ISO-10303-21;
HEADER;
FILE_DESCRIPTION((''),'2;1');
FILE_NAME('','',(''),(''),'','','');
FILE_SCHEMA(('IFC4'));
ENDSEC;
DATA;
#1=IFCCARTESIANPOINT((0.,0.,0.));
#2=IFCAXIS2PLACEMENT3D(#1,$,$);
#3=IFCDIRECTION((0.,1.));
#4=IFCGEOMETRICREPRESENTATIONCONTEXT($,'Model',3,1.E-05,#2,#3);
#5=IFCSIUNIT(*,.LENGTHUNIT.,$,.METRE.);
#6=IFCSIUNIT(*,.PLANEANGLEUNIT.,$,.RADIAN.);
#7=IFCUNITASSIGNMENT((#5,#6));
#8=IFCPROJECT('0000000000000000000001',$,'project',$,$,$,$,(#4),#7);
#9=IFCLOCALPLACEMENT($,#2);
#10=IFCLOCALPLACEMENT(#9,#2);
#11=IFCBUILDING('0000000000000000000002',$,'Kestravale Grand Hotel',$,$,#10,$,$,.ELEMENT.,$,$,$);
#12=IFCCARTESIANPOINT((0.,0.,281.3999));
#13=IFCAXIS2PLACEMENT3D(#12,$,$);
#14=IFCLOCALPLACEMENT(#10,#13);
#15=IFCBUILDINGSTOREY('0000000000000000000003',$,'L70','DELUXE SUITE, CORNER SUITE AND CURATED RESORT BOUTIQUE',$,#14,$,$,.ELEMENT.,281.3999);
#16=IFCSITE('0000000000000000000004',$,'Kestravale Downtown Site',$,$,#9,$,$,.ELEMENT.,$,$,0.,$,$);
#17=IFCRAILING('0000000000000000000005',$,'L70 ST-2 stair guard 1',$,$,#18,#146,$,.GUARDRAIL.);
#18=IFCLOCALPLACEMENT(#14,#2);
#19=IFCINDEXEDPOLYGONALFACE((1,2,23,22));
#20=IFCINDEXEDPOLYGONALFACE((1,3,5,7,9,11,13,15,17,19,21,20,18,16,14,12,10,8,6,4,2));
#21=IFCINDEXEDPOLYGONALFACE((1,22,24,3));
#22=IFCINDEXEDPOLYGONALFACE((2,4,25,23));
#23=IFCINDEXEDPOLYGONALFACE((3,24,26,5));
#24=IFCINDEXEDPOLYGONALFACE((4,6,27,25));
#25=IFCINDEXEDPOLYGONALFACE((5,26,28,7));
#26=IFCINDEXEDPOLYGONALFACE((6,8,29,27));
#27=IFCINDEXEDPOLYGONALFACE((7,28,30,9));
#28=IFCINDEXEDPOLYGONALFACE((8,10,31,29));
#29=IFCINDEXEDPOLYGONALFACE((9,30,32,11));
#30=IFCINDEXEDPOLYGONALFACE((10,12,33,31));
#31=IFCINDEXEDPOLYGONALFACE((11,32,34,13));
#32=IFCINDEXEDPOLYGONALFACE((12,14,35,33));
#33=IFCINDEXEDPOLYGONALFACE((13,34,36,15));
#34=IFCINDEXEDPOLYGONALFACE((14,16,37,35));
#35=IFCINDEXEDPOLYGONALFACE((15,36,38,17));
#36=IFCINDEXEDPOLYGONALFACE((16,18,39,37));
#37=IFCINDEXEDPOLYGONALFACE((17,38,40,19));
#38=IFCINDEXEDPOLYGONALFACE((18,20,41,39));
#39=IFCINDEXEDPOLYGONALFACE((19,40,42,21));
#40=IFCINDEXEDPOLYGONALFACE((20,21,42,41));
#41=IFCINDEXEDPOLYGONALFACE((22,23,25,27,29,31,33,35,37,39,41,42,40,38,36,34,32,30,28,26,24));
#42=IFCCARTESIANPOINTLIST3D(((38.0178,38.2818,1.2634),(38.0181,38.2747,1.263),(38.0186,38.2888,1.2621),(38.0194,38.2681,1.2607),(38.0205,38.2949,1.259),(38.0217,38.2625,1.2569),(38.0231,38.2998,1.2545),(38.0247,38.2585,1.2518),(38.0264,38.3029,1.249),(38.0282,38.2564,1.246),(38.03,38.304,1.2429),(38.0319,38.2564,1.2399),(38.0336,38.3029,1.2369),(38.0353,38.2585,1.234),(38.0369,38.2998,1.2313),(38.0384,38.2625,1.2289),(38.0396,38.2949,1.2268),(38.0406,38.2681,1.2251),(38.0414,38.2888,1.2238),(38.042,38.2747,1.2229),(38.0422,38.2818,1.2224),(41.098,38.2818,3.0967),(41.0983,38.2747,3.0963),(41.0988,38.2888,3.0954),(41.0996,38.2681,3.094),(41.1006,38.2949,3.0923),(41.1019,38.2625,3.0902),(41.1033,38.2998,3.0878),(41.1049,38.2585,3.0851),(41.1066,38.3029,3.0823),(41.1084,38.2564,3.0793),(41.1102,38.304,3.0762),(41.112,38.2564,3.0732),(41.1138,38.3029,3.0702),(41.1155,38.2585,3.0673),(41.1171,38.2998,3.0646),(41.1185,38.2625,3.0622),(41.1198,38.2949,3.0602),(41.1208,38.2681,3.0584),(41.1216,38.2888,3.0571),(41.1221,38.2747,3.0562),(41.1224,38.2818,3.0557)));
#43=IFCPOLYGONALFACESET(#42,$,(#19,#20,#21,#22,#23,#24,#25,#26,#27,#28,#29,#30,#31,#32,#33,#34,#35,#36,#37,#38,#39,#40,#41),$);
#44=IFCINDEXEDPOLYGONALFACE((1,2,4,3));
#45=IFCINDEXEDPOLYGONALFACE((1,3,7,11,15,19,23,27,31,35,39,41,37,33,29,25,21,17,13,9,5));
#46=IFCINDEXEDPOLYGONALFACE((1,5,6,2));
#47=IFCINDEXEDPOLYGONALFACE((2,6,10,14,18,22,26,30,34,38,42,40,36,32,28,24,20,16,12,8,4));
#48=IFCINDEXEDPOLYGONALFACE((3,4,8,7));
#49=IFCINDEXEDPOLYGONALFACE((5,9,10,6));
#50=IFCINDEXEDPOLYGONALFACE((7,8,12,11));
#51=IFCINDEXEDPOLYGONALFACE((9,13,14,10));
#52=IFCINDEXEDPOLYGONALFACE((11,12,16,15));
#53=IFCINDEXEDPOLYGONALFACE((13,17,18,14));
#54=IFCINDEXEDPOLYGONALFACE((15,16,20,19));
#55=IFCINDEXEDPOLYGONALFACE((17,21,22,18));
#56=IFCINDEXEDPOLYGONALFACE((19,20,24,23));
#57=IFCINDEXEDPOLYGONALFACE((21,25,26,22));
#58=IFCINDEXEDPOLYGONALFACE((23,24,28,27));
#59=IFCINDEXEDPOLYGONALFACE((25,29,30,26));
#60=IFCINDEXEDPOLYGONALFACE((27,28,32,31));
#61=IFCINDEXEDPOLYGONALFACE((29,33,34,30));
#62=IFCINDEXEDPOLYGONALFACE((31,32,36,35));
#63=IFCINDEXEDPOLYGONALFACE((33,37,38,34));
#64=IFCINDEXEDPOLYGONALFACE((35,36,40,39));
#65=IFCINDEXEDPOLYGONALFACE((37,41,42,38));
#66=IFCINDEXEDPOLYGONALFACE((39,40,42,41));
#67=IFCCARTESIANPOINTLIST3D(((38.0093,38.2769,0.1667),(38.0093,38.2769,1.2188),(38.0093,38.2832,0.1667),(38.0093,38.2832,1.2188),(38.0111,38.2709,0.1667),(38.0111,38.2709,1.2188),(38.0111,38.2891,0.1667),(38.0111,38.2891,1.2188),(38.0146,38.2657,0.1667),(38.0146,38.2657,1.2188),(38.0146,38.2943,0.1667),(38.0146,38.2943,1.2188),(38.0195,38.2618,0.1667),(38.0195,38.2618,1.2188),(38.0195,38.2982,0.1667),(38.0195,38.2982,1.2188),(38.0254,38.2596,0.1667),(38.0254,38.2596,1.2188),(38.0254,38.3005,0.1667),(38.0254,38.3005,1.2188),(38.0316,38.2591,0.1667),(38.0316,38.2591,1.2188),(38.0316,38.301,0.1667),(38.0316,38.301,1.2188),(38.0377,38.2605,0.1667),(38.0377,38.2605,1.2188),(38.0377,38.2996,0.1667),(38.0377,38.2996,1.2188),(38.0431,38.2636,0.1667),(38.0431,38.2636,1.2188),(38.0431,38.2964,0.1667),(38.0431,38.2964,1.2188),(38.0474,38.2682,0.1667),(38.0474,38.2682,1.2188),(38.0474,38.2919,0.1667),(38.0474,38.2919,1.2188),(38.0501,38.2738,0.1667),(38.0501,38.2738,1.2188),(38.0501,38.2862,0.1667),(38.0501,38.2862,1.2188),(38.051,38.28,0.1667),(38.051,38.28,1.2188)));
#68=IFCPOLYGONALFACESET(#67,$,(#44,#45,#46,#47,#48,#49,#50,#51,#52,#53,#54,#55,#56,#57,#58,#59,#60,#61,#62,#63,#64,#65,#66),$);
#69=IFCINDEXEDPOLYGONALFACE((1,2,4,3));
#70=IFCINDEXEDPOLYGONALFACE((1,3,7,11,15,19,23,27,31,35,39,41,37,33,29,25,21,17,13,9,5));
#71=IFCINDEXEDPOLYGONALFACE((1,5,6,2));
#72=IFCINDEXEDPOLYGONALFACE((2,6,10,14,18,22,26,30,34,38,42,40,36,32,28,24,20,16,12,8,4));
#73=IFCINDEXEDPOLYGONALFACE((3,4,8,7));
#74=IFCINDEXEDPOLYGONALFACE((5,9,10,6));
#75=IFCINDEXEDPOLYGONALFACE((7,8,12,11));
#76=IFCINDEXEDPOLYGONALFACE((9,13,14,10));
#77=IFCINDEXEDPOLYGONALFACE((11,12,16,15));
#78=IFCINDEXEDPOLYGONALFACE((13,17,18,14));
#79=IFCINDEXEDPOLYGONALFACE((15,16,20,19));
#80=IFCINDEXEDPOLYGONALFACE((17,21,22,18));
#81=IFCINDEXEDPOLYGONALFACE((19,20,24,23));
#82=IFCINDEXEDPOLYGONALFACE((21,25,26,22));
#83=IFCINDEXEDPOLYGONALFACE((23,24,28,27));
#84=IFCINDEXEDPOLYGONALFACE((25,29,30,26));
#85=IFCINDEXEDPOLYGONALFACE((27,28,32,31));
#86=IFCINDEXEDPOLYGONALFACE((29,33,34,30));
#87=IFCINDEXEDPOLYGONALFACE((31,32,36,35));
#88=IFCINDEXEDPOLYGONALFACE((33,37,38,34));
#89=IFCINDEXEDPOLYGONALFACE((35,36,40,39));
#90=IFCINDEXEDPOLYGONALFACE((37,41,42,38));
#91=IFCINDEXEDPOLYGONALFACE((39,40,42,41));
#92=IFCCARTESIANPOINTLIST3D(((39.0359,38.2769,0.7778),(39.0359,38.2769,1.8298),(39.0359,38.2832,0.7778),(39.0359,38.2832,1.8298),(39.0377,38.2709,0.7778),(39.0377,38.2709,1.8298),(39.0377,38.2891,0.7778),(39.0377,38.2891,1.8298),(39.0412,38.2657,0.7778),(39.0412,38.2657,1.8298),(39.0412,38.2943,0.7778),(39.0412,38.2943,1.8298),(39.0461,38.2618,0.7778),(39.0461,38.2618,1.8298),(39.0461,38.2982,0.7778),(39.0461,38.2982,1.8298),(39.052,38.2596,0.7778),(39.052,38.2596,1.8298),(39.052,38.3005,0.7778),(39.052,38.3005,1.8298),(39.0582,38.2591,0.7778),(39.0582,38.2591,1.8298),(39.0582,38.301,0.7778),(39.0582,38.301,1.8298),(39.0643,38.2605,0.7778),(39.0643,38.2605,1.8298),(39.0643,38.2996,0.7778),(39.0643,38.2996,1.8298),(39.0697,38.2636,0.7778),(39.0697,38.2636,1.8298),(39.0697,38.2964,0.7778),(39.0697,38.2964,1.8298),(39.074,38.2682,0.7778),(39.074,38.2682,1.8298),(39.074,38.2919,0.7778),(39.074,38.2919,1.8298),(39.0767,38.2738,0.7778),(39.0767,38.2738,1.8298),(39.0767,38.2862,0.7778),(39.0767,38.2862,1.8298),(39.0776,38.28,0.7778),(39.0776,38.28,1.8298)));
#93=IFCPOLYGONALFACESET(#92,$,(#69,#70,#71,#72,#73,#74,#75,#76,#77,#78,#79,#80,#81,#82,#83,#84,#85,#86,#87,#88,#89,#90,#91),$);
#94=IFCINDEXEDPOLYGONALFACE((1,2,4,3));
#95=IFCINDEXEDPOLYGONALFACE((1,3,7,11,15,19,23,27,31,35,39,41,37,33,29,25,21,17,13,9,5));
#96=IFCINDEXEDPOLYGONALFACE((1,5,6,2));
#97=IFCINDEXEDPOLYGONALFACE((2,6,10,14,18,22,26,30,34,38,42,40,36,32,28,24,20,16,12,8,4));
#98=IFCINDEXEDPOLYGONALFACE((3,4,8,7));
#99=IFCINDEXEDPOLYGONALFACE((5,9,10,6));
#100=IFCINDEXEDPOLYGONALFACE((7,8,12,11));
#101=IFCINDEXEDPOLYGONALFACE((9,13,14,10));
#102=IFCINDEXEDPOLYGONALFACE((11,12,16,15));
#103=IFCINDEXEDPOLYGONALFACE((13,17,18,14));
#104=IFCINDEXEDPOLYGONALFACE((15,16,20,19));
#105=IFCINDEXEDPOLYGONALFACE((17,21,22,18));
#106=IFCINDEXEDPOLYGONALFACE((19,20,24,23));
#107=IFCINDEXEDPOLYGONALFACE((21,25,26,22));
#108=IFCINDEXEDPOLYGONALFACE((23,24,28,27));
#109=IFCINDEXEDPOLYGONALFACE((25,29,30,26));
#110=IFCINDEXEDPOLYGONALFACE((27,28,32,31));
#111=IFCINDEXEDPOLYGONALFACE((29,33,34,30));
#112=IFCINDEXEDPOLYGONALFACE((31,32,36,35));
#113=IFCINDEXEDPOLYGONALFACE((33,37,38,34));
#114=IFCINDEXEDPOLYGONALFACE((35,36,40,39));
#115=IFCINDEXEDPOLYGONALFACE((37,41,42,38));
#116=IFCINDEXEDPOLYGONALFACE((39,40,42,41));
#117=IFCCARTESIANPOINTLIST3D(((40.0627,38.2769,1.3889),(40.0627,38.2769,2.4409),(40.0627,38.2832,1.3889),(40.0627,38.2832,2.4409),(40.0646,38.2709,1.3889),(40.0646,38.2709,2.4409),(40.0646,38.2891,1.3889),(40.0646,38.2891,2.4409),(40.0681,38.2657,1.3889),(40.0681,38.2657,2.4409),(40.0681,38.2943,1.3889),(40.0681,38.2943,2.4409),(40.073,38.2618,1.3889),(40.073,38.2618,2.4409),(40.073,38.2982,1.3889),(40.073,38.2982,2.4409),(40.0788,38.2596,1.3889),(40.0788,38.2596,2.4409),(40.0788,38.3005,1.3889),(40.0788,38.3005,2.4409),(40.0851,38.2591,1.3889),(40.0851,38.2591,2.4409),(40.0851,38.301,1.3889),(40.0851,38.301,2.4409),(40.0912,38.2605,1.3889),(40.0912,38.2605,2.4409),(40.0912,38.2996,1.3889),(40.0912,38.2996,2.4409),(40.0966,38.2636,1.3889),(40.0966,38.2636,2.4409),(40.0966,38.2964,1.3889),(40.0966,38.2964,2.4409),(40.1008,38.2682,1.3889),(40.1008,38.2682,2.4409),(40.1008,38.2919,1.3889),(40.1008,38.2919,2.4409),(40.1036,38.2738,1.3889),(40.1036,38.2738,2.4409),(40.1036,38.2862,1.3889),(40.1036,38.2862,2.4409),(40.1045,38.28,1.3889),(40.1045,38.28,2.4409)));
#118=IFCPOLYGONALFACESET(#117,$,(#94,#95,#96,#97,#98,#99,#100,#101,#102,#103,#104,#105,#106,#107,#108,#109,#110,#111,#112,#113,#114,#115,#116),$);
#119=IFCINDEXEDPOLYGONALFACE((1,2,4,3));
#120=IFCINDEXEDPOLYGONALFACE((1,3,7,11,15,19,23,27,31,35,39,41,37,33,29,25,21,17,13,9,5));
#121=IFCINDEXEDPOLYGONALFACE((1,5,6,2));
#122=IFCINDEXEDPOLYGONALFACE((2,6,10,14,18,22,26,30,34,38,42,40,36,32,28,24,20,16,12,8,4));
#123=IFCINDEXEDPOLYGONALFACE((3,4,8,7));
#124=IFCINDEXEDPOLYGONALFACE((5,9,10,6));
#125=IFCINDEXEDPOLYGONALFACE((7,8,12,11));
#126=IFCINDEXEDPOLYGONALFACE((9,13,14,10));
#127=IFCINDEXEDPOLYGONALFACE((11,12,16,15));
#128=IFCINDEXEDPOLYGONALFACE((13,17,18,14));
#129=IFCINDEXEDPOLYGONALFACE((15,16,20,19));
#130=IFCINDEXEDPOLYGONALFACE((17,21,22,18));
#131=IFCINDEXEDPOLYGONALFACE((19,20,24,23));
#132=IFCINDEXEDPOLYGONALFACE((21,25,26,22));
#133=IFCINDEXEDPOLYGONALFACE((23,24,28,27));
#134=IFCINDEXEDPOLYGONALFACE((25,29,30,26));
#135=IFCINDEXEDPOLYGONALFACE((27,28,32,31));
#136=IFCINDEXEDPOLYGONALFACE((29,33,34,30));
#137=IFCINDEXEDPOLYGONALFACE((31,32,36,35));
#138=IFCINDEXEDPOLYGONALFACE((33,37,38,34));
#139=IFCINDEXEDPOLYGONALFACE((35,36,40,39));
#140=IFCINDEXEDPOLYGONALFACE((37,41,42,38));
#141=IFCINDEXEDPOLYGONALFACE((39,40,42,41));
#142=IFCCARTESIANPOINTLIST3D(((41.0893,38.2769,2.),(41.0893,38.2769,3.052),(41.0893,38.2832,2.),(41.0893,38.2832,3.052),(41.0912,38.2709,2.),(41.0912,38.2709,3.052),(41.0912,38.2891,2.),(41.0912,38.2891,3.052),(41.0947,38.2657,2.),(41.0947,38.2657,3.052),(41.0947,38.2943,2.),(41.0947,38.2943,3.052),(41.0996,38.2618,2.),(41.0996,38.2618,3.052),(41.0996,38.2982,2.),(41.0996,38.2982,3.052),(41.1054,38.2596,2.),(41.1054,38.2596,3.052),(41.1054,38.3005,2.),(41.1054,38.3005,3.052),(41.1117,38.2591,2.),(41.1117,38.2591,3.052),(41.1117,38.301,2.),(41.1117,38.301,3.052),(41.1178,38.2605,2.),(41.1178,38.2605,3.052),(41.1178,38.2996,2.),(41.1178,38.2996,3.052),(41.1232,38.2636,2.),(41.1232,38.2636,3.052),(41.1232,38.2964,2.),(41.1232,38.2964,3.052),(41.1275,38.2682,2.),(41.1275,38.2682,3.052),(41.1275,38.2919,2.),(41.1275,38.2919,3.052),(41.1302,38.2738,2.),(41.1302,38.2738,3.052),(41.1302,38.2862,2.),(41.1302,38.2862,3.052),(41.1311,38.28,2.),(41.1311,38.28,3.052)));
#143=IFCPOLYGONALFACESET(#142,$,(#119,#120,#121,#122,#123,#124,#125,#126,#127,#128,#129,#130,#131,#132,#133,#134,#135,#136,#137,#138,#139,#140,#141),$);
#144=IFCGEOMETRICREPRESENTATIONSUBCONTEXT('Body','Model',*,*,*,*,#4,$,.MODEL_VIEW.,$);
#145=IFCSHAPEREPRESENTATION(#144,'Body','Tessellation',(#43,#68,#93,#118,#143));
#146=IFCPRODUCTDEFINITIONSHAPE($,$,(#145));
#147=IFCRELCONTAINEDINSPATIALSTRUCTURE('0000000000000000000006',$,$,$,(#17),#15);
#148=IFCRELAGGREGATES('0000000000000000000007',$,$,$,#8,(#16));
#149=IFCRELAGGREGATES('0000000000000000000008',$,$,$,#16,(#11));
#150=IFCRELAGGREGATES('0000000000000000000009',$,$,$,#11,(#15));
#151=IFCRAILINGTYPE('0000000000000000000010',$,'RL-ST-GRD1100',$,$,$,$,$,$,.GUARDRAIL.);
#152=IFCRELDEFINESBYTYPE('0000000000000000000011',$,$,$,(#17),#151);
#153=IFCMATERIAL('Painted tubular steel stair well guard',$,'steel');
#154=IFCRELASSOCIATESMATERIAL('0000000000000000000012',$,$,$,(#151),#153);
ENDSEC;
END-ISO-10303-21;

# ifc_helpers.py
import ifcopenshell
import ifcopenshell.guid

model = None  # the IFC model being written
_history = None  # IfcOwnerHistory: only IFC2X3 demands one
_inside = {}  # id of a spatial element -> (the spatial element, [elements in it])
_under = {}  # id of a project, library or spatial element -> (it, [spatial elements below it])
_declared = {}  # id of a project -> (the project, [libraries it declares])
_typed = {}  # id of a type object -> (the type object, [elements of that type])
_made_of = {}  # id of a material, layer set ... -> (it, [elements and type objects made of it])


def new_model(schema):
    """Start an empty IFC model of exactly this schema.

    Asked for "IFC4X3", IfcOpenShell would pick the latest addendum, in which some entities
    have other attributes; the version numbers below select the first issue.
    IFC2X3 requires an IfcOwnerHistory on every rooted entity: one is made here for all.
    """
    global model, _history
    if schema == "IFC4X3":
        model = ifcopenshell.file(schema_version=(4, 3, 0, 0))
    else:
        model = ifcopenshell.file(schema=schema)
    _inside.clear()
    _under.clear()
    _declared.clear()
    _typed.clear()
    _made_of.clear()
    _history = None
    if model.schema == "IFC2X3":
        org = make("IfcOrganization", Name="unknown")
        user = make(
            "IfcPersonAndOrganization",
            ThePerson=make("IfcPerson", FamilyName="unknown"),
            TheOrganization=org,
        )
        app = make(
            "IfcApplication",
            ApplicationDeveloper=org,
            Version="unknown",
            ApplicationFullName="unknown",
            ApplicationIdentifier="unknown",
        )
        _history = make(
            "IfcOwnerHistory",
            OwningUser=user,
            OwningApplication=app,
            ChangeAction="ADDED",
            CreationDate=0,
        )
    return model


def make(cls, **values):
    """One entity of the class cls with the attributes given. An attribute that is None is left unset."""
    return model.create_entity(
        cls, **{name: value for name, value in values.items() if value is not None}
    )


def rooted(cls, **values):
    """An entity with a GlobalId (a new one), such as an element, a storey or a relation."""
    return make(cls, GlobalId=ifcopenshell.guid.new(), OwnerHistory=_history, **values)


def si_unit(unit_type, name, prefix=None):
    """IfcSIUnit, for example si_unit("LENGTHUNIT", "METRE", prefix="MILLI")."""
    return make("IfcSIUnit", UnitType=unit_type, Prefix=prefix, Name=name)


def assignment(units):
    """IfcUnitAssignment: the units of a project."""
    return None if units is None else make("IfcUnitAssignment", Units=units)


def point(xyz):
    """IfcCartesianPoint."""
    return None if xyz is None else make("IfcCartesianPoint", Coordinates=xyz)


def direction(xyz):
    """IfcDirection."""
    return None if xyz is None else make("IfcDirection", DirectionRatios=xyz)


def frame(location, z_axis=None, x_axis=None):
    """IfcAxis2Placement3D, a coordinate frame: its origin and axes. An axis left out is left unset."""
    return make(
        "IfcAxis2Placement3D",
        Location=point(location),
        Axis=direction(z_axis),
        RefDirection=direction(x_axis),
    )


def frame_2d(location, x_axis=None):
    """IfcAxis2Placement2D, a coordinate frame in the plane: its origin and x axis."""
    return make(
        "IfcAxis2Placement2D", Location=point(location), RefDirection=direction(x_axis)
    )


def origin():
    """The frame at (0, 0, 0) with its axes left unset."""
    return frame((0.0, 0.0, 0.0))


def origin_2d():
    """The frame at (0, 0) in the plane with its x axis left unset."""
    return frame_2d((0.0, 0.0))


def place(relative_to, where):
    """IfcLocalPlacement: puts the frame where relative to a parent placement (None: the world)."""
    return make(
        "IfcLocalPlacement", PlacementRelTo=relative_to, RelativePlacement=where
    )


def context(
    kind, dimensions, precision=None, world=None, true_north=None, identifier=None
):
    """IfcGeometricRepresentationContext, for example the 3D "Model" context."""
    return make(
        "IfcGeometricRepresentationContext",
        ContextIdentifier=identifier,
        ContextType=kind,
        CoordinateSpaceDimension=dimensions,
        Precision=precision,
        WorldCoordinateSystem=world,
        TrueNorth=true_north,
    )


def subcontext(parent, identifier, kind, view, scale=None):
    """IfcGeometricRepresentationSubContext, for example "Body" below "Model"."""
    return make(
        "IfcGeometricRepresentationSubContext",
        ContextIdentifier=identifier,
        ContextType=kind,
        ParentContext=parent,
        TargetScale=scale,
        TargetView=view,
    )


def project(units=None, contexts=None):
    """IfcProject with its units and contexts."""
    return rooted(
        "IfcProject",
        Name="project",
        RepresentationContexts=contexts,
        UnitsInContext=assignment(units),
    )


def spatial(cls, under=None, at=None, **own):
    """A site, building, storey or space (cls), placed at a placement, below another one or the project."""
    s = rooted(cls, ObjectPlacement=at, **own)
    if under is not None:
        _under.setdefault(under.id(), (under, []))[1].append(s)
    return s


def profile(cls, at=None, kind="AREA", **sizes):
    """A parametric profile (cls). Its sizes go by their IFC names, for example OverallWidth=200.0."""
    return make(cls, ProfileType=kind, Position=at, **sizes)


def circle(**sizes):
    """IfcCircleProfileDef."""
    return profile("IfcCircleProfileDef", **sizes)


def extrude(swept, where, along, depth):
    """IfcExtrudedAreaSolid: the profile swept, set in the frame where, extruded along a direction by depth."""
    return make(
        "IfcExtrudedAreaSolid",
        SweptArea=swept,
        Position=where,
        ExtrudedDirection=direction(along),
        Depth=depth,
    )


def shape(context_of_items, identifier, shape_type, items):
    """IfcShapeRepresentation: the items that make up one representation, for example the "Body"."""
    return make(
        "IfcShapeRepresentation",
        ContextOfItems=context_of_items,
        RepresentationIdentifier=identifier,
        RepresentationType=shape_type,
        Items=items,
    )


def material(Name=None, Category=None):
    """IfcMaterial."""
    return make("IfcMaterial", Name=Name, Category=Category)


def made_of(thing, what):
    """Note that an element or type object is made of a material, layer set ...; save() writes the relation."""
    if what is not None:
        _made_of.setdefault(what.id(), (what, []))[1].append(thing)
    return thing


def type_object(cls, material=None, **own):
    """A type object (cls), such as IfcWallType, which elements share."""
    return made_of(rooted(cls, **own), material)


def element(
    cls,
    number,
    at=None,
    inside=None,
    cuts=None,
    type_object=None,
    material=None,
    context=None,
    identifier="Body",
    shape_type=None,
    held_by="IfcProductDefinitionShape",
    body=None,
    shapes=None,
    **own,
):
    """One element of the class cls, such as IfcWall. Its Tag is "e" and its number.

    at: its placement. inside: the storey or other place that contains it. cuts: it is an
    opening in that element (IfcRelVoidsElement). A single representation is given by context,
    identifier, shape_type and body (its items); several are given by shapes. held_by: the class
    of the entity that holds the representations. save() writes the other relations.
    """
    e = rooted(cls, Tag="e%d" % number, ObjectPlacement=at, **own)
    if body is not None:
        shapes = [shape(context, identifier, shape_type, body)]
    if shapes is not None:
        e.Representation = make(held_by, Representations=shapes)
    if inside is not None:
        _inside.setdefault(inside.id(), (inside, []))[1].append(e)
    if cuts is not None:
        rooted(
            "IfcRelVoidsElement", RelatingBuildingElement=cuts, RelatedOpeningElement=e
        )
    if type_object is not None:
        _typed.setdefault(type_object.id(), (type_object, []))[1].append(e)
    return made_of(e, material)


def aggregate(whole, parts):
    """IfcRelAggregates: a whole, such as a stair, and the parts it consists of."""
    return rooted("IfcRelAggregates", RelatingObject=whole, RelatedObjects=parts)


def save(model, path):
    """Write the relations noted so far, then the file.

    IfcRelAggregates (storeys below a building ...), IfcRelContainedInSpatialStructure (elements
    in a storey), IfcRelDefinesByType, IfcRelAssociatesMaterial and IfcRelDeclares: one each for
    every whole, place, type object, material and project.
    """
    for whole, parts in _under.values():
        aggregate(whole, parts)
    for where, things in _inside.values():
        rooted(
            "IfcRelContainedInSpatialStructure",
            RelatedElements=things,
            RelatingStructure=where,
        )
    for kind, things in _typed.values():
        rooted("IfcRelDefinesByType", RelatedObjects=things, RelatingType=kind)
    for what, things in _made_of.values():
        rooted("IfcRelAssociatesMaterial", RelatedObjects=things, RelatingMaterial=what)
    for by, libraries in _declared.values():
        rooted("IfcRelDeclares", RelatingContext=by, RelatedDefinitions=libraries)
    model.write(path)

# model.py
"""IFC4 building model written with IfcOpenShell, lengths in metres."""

from ifc_helpers import new_model, si_unit, direction, frame, origin, origin_2d, place, context, subcontext, project, spatial, circle, extrude, material, type_object, element, save


model = new_model("IFC4")

# Units and contexts
model_context = context("Model", 3, precision=1e-05, world=origin(), true_north=direction((0.0, 1.0)))
body_context = subcontext(model_context, "Body", "Model", "MODEL_VIEW")
ifc_project = project(units=[si_unit("LENGTHUNIT", "METRE"), si_unit("PLANEANGLEUNIT", "RADIAN")], contexts=[model_context])

# Site, building, storey
site_placement = place(None, origin())
site = spatial("IfcSite", under=ifc_project, at=site_placement, Name="Kestravale Downtown Site", CompositionType="ELEMENT", RefElevation=0.0)
building_placement = place(site_placement, origin())
building = spatial("IfcBuilding", under=site, at=building_placement, Name="Kestravale Grand Hotel", CompositionType="ELEMENT")
storey_placement = place(building_placement, frame((0.0, 0.0, 281.3999)))
storey = spatial("IfcBuildingStorey", under=building, at=storey_placement, Name="L70", Description="DELUXE SUITE, CORNER SUITE AND CURATED RESORT BOUTIQUE", CompositionType="ELEMENT", Elevation=281.3999)

# Railing
ifc_material_1 = material(Name="Painted tubular steel stair well guard", Category="steel")
railing_type_1 = type_object("IfcRailingType", Name="RL-ST-GRD1100", PredefinedType="GUARDRAIL", material=ifc_material_1)
railing_1_placement = place(storey_placement, frame((38.03, 38.28, 0.1667)))
element("IfcRailing", 1, at=railing_1_placement, inside=storey, type_object=railing_type_1, Name="L70 ST-2 stair guard 1", PredefinedType="GUARDRAIL", context=body_context, shape_type="SweptSolid", body=[
    extrude(circle(Radius=0.0239, at=origin_2d()), frame((0.0, 0.0, 1.0762), z_axis=(0.859309, 0.0, 0.511458), x_axis=(0.0, 1.0, 0.0)), (0.0, 0.0, 1.0), 3.5845),
    extrude(circle(Radius=0.021, at=origin_2d()), origin(), (0.0, 0.0, 1.0), 1.052),
    extrude(circle(Radius=0.021, at=origin_2d()), frame((1.0266, 0.0, 0.6111)), (0.0, 0.0, 1.0), 1.052),
    extrude(circle(Radius=0.021, at=origin_2d()), frame((2.0535, 0.0, 1.2222)), (0.0, 0.0, 1.0), 1.052),
    extrude(circle(Radius=0.021, at=origin_2d()), frame((3.0801, 0.0, 1.8333)), (0.0, 0.0, 1.0), 1.052),
])

save(model, "model.ifc")
